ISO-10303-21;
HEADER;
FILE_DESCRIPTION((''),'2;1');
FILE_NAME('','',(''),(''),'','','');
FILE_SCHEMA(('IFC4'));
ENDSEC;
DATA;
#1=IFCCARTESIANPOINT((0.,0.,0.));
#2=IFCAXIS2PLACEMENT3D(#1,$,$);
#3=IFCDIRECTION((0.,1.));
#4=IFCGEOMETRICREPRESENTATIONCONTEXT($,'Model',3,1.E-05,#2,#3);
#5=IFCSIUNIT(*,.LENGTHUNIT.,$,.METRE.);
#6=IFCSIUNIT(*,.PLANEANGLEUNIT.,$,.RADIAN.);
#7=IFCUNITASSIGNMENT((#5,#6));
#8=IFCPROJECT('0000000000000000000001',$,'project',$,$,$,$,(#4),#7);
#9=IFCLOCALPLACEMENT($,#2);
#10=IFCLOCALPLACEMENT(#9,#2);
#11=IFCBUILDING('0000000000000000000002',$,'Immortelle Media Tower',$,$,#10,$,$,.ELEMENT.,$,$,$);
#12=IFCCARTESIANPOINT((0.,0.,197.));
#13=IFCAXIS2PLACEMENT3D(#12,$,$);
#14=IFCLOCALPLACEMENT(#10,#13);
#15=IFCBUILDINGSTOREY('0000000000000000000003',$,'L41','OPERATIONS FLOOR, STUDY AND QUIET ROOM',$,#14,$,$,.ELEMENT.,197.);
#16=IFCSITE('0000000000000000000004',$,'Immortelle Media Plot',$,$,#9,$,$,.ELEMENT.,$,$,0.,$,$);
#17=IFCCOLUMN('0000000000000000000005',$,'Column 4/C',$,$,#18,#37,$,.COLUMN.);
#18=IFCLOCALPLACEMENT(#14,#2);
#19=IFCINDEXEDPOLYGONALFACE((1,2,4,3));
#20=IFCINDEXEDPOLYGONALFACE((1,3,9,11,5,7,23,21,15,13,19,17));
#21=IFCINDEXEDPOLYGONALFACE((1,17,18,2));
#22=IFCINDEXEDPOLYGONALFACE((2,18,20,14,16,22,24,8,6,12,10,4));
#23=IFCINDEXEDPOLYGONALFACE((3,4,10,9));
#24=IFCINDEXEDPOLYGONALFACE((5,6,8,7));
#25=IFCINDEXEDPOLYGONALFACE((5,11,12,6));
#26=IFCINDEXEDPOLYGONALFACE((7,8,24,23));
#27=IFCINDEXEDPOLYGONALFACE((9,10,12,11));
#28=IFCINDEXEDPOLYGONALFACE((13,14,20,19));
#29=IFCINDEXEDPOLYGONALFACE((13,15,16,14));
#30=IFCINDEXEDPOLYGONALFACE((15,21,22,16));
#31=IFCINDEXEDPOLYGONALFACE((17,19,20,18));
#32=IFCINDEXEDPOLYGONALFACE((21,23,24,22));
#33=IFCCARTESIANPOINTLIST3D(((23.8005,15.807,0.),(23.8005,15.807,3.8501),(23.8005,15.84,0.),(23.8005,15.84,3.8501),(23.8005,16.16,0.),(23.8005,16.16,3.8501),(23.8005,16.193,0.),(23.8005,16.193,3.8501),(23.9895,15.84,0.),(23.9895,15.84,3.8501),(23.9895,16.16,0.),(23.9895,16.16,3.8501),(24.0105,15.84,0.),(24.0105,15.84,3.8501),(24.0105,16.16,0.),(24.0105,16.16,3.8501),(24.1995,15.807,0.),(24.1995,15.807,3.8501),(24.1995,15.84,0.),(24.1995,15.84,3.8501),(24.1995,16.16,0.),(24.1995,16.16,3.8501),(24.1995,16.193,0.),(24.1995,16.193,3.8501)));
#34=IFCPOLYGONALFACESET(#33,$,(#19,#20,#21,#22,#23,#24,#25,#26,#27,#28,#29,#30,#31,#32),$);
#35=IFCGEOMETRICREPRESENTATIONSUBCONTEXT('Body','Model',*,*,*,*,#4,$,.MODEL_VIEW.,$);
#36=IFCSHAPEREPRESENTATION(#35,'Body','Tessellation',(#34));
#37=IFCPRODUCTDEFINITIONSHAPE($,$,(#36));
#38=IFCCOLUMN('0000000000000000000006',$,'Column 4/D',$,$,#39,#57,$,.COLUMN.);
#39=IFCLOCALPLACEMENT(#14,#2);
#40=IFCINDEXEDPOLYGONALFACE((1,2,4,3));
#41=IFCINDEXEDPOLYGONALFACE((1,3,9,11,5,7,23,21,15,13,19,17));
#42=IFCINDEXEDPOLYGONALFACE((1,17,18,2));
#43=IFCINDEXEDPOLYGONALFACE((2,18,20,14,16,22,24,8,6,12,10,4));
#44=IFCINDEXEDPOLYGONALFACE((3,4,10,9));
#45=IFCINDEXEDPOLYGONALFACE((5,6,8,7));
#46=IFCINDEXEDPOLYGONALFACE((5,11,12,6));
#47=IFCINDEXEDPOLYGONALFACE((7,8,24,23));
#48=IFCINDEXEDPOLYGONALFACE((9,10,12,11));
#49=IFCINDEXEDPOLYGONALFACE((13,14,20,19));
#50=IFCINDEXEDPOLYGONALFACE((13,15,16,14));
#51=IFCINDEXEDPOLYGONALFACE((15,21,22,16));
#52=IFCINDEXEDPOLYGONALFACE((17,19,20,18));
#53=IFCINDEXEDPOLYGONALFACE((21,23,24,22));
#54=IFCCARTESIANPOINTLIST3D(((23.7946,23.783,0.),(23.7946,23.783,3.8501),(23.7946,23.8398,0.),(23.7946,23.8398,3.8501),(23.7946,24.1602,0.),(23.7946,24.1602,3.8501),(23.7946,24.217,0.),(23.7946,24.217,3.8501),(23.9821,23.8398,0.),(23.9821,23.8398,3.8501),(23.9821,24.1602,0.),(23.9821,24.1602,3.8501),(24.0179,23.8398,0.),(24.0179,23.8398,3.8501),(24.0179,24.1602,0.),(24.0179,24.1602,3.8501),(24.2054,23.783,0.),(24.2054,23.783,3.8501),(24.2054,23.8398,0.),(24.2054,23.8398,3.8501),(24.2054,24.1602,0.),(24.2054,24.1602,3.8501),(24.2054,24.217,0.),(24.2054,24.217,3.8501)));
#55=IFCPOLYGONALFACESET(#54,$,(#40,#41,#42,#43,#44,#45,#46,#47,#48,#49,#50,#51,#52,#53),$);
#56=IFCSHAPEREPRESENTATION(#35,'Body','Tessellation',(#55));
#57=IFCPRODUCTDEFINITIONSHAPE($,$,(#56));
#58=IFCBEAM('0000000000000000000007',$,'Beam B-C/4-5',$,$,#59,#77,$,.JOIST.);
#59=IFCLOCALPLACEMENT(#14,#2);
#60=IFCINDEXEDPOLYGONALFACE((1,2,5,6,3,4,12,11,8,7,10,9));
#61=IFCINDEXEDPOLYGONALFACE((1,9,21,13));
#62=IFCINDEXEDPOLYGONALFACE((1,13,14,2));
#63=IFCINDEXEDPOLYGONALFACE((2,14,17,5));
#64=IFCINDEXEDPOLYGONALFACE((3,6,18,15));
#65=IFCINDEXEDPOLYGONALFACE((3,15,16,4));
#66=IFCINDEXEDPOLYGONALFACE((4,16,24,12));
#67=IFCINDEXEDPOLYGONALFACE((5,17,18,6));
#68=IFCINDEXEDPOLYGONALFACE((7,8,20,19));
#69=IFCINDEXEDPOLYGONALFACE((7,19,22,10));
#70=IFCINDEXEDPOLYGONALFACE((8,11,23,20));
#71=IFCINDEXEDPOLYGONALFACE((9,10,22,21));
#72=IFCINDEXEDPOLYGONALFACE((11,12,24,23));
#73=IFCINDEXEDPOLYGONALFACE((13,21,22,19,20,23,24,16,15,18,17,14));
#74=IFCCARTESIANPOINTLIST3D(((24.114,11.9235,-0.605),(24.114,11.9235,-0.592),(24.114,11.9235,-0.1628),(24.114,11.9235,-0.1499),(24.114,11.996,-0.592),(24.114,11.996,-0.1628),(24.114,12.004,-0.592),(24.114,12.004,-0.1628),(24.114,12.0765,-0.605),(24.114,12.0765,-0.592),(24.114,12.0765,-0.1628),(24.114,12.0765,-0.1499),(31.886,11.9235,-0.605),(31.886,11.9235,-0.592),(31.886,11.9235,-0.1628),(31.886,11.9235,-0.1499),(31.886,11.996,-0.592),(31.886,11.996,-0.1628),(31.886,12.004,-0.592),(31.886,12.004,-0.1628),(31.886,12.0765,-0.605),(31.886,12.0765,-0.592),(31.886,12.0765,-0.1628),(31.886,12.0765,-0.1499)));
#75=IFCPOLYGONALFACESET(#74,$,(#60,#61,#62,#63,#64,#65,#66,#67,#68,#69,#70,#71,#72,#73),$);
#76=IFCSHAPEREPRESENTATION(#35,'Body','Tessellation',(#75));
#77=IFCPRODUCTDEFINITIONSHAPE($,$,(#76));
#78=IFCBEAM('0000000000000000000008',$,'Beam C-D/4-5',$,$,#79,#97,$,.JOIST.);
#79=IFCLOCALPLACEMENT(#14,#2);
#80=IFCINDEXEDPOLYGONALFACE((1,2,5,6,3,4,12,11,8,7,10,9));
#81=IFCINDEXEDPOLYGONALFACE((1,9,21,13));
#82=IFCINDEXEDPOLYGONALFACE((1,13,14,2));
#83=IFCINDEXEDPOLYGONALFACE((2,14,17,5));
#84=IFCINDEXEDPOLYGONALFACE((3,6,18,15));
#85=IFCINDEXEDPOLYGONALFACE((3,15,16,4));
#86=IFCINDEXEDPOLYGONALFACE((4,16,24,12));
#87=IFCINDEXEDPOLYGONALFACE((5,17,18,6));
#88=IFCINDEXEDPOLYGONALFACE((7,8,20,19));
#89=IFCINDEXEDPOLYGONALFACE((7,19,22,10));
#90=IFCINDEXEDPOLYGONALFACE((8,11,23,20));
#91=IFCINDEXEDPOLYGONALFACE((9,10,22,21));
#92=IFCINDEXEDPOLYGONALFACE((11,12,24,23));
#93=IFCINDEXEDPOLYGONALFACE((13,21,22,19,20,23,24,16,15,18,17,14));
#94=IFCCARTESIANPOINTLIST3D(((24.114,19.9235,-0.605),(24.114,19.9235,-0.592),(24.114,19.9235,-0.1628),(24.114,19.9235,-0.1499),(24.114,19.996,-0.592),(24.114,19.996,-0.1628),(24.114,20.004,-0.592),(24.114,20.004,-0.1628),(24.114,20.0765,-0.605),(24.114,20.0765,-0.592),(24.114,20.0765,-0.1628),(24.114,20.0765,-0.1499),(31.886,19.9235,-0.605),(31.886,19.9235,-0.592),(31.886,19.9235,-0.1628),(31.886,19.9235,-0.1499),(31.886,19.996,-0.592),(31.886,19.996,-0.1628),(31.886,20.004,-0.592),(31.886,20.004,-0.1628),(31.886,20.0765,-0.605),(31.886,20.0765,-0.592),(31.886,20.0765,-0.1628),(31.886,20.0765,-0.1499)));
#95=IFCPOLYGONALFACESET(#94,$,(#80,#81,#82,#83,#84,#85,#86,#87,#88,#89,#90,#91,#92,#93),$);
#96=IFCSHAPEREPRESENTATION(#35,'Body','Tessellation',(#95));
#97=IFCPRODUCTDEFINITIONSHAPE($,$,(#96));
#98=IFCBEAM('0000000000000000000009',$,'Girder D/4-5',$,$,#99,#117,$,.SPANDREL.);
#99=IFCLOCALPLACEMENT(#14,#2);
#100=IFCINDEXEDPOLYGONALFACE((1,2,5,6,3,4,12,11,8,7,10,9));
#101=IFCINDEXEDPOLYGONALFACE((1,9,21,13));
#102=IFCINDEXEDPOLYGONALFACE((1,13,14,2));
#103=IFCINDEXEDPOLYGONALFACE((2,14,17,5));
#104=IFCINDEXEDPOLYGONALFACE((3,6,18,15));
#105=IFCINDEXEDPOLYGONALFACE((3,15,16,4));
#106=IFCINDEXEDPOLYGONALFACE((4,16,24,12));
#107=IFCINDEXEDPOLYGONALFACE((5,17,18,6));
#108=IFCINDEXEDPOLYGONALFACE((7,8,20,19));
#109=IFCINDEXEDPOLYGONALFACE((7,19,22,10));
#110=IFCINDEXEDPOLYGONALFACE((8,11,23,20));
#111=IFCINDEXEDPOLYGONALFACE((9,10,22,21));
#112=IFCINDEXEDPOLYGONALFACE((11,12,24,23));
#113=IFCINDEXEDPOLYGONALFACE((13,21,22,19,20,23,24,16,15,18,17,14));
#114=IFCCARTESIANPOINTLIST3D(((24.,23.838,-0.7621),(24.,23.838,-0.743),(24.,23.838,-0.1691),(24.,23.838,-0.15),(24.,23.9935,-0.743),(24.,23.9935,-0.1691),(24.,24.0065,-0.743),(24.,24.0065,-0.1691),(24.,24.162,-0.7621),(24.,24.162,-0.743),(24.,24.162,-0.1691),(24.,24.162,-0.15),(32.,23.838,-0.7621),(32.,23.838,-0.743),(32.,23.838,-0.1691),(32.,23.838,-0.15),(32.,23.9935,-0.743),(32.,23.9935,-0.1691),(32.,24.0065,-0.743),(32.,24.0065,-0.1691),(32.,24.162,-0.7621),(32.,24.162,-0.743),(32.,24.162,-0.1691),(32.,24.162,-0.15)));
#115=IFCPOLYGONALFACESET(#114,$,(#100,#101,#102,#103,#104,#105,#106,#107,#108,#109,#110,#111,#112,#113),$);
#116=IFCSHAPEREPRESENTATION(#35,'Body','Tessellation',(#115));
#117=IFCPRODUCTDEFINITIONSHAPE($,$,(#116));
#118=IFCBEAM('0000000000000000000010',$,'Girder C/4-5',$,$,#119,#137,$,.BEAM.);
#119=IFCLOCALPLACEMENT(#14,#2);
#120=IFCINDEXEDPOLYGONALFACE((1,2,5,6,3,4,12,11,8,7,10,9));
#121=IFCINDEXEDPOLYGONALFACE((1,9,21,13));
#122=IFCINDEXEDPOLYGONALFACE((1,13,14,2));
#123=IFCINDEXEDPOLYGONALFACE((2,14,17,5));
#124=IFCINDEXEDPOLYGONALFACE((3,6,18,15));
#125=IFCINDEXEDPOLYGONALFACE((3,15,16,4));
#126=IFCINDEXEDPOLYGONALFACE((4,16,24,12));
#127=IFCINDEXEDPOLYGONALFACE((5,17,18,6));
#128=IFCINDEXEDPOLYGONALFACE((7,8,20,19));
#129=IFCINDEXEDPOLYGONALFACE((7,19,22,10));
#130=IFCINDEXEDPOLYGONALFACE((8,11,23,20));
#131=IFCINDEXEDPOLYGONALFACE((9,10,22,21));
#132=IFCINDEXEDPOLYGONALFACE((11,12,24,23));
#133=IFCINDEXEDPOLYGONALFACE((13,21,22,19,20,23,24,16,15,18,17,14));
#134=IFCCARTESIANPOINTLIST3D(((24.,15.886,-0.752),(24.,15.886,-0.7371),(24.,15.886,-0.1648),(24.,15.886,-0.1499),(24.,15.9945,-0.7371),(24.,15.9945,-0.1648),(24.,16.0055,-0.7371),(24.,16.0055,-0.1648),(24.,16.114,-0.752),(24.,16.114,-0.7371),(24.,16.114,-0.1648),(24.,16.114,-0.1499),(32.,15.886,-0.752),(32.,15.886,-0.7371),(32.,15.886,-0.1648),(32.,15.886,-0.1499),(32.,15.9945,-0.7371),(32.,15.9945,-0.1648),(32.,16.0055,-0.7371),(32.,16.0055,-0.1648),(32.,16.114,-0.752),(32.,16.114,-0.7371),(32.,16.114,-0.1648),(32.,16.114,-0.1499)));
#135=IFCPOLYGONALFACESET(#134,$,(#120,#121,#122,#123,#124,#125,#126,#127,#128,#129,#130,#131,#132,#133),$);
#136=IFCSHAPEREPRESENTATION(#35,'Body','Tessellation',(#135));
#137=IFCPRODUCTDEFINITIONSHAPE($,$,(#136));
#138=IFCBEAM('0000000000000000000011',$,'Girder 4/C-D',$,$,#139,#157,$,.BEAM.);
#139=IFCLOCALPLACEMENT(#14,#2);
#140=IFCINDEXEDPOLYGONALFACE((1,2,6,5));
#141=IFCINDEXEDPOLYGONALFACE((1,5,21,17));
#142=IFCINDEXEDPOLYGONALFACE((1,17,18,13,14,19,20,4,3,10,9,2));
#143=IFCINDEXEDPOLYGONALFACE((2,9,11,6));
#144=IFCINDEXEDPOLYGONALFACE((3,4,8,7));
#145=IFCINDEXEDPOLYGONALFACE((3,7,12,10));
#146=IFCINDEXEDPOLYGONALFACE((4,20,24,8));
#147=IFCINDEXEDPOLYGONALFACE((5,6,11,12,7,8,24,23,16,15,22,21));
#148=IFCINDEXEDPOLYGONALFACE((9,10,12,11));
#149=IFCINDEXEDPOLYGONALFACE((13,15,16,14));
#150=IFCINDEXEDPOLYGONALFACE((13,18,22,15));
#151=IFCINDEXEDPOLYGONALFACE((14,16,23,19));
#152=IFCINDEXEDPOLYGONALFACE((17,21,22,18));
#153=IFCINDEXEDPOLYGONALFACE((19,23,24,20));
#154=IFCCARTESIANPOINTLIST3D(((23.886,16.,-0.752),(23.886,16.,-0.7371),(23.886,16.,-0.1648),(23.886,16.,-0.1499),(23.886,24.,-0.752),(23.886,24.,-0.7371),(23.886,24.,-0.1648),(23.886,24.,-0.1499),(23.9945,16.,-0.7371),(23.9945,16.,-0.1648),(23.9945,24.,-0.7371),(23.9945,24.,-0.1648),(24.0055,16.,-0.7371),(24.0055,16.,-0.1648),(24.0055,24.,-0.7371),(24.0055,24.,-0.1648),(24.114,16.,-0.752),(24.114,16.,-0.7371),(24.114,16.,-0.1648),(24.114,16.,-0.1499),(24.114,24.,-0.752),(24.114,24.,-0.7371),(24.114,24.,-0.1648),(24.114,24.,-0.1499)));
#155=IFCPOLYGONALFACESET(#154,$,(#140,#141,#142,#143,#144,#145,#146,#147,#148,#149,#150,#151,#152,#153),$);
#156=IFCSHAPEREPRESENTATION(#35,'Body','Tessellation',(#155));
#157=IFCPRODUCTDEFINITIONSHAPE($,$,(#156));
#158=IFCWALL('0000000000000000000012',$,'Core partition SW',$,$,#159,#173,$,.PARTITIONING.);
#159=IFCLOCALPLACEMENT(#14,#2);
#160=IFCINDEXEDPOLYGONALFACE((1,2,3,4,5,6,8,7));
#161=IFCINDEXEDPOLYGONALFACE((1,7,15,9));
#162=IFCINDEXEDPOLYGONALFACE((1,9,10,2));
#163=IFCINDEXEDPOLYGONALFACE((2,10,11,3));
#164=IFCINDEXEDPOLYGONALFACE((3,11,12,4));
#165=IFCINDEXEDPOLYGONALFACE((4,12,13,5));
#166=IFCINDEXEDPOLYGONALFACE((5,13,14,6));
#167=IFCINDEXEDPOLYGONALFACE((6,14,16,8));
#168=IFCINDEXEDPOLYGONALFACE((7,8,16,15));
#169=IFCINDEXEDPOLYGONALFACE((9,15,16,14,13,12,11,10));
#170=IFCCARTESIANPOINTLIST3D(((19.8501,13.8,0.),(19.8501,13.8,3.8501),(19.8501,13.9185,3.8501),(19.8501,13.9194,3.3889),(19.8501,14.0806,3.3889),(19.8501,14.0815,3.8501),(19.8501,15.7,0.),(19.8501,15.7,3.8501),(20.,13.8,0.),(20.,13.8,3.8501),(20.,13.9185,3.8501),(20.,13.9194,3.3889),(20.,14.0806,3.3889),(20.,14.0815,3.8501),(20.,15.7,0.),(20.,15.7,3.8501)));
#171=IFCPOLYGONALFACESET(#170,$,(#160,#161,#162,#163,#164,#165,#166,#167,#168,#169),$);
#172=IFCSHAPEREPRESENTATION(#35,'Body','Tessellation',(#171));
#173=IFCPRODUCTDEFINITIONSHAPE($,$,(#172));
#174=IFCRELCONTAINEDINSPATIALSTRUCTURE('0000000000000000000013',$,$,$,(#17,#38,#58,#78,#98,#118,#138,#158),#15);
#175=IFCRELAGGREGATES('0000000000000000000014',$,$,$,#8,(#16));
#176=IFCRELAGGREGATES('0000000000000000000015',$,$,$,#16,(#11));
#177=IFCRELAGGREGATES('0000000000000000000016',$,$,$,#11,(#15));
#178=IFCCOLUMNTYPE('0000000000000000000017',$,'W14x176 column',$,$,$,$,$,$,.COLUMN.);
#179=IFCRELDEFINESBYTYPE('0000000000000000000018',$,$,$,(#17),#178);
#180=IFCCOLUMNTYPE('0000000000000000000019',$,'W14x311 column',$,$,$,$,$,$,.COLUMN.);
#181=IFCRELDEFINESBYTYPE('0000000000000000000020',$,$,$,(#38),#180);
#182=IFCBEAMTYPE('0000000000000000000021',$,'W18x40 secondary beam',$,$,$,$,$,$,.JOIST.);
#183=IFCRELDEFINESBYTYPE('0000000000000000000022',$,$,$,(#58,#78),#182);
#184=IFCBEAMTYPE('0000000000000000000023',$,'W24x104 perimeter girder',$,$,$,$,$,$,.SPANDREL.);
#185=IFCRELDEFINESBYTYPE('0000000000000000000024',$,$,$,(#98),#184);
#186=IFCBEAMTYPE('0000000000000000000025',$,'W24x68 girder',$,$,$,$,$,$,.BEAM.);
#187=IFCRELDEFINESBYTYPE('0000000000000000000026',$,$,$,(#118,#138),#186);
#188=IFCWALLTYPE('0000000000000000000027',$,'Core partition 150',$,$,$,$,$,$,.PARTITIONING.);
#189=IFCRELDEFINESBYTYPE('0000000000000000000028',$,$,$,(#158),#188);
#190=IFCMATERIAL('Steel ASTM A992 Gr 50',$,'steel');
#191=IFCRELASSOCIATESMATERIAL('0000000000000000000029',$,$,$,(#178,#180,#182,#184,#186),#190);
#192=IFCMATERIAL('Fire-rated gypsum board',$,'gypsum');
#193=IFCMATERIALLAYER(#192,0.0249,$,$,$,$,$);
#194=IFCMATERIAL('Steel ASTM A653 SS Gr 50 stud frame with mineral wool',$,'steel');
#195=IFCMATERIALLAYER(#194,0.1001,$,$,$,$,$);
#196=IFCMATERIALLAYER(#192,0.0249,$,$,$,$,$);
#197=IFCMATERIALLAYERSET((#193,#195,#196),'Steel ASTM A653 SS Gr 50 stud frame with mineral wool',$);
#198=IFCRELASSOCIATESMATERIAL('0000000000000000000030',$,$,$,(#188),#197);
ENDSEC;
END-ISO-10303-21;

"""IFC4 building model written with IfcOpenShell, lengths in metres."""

from ifc_helpers import new_model, si_unit, direction, frame, origin, origin_2d, place, context, subcontext, project, spatial, polyline, i_section, outline, extrude, material, layer, layer_set, material_profile, profile_set, type_object, element, save


model = new_model("IFC4")

# Units and contexts
model_context = context("Model", 3, precision=1e-05, world=origin(), true_north=direction((0.0, 1.0)))
body_context = subcontext(model_context, "Body", "Model", "MODEL_VIEW")
ifc_project = project(units=[si_unit("LENGTHUNIT", "METRE"), si_unit("PLANEANGLEUNIT", "RADIAN")], contexts=[model_context])

# Site, building, storey
site_placement = place(None, origin())
site = spatial("IfcSite", under=ifc_project, at=site_placement, Name="Immortelle Media Plot", CompositionType="ELEMENT", RefElevation=0.0)
building_placement = place(site_placement, origin())
building = spatial("IfcBuilding", under=site, at=building_placement, Name="Immortelle Media Tower", CompositionType="ELEMENT")
storey_placement = place(building_placement, frame((0.0, 0.0, 197.0)))
storey = spatial("IfcBuildingStorey", under=building, at=storey_placement, Name="L41", Description="OPERATIONS FLOOR, STUDY AND QUIET ROOM", CompositionType="ELEMENT", Elevation=197.0)

# Columns
ifc_material_1 = material(Name="Steel ASTM A992 Gr 50", Category="steel")
ifc_material_profile_1 = material_profile(ifc_material_1, i_section(OverallWidth=0.3989, OverallDepth=0.386, WebThickness=0.021, FlangeThickness=0.033, at=origin_2d()), Name="W14x176")
ifc_profile_set_1 = profile_set([ifc_material_profile_1], Name="Steel ASTM A992 Gr 50")
column_type_1 = type_object("IfcColumnType", Name="W14x176 column", PredefinedType="COLUMN", material=ifc_profile_set_1)
column_1_placement = place(storey_placement, frame((24.0, 16.0, 0.0), z_axis=(0.0, 0.0, 1.0), x_axis=(1.0, 0.0, 0.0)))
element("IfcColumn", 1, at=column_1_placement, inside=storey, type_object=column_type_1, Name="Column 4/C", PredefinedType="COLUMN", context=body_context, shape_type="SweptSolid", body=[
    extrude(i_section(OverallWidth=0.3989, OverallDepth=0.386, WebThickness=0.021, FlangeThickness=0.033, at=origin_2d()), origin(), (0.0, 0.0, 1.0), 3.8501),
])
ifc_material_profile_2 = material_profile(ifc_material_1, i_section(OverallWidth=0.4109, OverallDepth=0.4341, WebThickness=0.0359, FlangeThickness=0.0569, at=origin_2d()), Name="W14x311")
ifc_profile_set_2 = profile_set([ifc_material_profile_2], Name="Steel ASTM A992 Gr 50")
column_type_2 = type_object("IfcColumnType", Name="W14x311 column", PredefinedType="COLUMN", material=ifc_profile_set_2)
column_2_placement = place(storey_placement, frame((24.0, 24.0, 0.0), z_axis=(0.0, 0.0, 1.0), x_axis=(1.0, 0.0, 0.0)))
element("IfcColumn", 2, at=column_2_placement, inside=storey, type_object=column_type_2, Name="Column 4/D", PredefinedType="COLUMN", context=body_context, shape_type="SweptSolid", body=[
    extrude(i_section(OverallWidth=0.4109, OverallDepth=0.4341, WebThickness=0.0359, FlangeThickness=0.0569, at=origin_2d()), origin(), (0.0, 0.0, 1.0), 3.8501),
])

# Beams
ifc_material_profile_3 = material_profile(ifc_material_1, i_section(OverallWidth=0.1531, OverallDepth=0.4551, WebThickness=0.0081, FlangeThickness=0.0129, at=origin_2d()), Name="W18x40")
ifc_profile_set_3 = profile_set([ifc_material_profile_3], Name="Steel ASTM A992 Gr 50")
beam_type_1 = type_object("IfcBeamType", Name="W18x40 secondary beam", PredefinedType="JOIST", material=ifc_profile_set_3)
for number, where, z_axis, x_axis, name in (
    (3, (24.114, 12.0, -0.3774), (1.0, 0.0, 0.0), (0.0, 1.0, 0.0), "Beam B-C/4-5"),
    (4, (24.114, 20.0, -0.3774), (1.0, 0.0, 0.0), (0.0, 1.0, 0.0), "Beam C-D/4-5"),
):
    element("IfcBeam", number, at=place(storey_placement, frame(where, z_axis=z_axis, x_axis=x_axis)), inside=storey, type_object=beam_type_1, Name=name, PredefinedType="JOIST", context=body_context, shape_type="SweptSolid", body=[
        extrude(i_section(OverallWidth=0.1531, OverallDepth=0.4551, WebThickness=0.0081, FlangeThickness=0.0129, at=origin_2d()), origin(), (0.0, 0.0, 1.0), 7.772),
    ])
ifc_material_profile_4 = material_profile(ifc_material_1, i_section(OverallWidth=0.324, OverallDepth=0.6121, WebThickness=0.0129, FlangeThickness=0.019, at=origin_2d()), Name="W24x104")
ifc_profile_set_4 = profile_set([ifc_material_profile_4], Name="Steel ASTM A992 Gr 50")
beam_type_2 = type_object("IfcBeamType", Name="W24x104 perimeter girder", PredefinedType="SPANDREL", material=ifc_profile_set_4)
beam_placement = place(storey_placement, frame((24.0, 24.0, -0.4561), z_axis=(1.0, 0.0, 0.0), x_axis=(0.0, 1.0, 0.0)))
element("IfcBeam", 5, at=beam_placement, inside=storey, type_object=beam_type_2, Name="Girder D/4-5", PredefinedType="SPANDREL", context=body_context, shape_type="SweptSolid", body=[
    extrude(i_section(OverallWidth=0.324, OverallDepth=0.6121, WebThickness=0.0129, FlangeThickness=0.019, at=origin_2d()), origin(), (0.0, 0.0, 1.0), 8.0),
])
ifc_material_profile_5 = material_profile(ifc_material_1, i_section(OverallWidth=0.228, OverallDepth=0.6021, WebThickness=0.011, FlangeThickness=0.0149, at=origin_2d()), Name="W24x68")
ifc_profile_set_5 = profile_set([ifc_material_profile_5], Name="Steel ASTM A992 Gr 50")
beam_type_3 = type_object("IfcBeamType", Name="W24x68 girder", PredefinedType="BEAM", material=ifc_profile_set_5)
for number, where, z_axis, x_axis, name in (
    (6, (24.0, 16.0, -0.4509), (1.0, 0.0, 0.0), (0.0, 1.0, 0.0), "Girder C/4-5"),
    (7, (24.0, 16.0, -0.4509), (0.0, 1.0, 0.0), (-1.0, 0.0, 0.0), "Girder 4/C-D"),
):
    element("IfcBeam", number, at=place(storey_placement, frame(where, z_axis=z_axis, x_axis=x_axis)), inside=storey, type_object=beam_type_3, Name=name, PredefinedType="BEAM", context=body_context, shape_type="SweptSolid", body=[
        extrude(i_section(OverallWidth=0.228, OverallDepth=0.6021, WebThickness=0.011, FlangeThickness=0.0149, at=origin_2d()), origin(), (0.0, 0.0, 1.0), 8.0),
    ])

# Wall
ifc_material_2 = material(Name="Fire-rated gypsum board", Category="gypsum")
ifc_layer_1 = layer(ifc_material_2, 0.0249)
ifc_material_3 = material(Name="Steel ASTM A653 SS Gr 50 stud frame with mineral wool", Category="steel")
ifc_layer_2 = layer(ifc_material_3, 0.1001)
ifc_layer_3 = layer(ifc_material_2, 0.0249)
ifc_layer_set_1 = layer_set([ifc_layer_1, ifc_layer_2, ifc_layer_3], Name="Steel ASTM A653 SS Gr 50 stud frame with mineral wool")
wall_type_1 = type_object("IfcWallType", Name="Core partition 150", PredefinedType="PARTITIONING", material=ifc_layer_set_1)
wall_1_placement = place(storey_placement, frame((19.925, 13.8, 0.0), z_axis=(0.0, 0.0, 1.0), x_axis=(0.0, 1.0, 0.0)))
element("IfcWall", 8, at=wall_1_placement, inside=storey, type_object=wall_type_1, Name="Core partition SW", PredefinedType="PARTITIONING", context=body_context, shape_type="SweptSolid", body=[
    extrude(outline(polyline([(0.0, 0.0), (1.8999, 0.0), (1.8999, 3.8501), (0.2815, 3.8501), (0.2805, 3.3889), (0.1194, 3.3889), (0.1184, 3.8501), (0.0, 3.8501), (0.0, 0.0)])), frame((0.0, 0.075, 0.0), z_axis=(0.0, -1.0, 0.0), x_axis=(1.0, 0.0, 0.0)), (0.0, 0.0, 1.0), 0.1499),
])

save(model, "model.ifc")
